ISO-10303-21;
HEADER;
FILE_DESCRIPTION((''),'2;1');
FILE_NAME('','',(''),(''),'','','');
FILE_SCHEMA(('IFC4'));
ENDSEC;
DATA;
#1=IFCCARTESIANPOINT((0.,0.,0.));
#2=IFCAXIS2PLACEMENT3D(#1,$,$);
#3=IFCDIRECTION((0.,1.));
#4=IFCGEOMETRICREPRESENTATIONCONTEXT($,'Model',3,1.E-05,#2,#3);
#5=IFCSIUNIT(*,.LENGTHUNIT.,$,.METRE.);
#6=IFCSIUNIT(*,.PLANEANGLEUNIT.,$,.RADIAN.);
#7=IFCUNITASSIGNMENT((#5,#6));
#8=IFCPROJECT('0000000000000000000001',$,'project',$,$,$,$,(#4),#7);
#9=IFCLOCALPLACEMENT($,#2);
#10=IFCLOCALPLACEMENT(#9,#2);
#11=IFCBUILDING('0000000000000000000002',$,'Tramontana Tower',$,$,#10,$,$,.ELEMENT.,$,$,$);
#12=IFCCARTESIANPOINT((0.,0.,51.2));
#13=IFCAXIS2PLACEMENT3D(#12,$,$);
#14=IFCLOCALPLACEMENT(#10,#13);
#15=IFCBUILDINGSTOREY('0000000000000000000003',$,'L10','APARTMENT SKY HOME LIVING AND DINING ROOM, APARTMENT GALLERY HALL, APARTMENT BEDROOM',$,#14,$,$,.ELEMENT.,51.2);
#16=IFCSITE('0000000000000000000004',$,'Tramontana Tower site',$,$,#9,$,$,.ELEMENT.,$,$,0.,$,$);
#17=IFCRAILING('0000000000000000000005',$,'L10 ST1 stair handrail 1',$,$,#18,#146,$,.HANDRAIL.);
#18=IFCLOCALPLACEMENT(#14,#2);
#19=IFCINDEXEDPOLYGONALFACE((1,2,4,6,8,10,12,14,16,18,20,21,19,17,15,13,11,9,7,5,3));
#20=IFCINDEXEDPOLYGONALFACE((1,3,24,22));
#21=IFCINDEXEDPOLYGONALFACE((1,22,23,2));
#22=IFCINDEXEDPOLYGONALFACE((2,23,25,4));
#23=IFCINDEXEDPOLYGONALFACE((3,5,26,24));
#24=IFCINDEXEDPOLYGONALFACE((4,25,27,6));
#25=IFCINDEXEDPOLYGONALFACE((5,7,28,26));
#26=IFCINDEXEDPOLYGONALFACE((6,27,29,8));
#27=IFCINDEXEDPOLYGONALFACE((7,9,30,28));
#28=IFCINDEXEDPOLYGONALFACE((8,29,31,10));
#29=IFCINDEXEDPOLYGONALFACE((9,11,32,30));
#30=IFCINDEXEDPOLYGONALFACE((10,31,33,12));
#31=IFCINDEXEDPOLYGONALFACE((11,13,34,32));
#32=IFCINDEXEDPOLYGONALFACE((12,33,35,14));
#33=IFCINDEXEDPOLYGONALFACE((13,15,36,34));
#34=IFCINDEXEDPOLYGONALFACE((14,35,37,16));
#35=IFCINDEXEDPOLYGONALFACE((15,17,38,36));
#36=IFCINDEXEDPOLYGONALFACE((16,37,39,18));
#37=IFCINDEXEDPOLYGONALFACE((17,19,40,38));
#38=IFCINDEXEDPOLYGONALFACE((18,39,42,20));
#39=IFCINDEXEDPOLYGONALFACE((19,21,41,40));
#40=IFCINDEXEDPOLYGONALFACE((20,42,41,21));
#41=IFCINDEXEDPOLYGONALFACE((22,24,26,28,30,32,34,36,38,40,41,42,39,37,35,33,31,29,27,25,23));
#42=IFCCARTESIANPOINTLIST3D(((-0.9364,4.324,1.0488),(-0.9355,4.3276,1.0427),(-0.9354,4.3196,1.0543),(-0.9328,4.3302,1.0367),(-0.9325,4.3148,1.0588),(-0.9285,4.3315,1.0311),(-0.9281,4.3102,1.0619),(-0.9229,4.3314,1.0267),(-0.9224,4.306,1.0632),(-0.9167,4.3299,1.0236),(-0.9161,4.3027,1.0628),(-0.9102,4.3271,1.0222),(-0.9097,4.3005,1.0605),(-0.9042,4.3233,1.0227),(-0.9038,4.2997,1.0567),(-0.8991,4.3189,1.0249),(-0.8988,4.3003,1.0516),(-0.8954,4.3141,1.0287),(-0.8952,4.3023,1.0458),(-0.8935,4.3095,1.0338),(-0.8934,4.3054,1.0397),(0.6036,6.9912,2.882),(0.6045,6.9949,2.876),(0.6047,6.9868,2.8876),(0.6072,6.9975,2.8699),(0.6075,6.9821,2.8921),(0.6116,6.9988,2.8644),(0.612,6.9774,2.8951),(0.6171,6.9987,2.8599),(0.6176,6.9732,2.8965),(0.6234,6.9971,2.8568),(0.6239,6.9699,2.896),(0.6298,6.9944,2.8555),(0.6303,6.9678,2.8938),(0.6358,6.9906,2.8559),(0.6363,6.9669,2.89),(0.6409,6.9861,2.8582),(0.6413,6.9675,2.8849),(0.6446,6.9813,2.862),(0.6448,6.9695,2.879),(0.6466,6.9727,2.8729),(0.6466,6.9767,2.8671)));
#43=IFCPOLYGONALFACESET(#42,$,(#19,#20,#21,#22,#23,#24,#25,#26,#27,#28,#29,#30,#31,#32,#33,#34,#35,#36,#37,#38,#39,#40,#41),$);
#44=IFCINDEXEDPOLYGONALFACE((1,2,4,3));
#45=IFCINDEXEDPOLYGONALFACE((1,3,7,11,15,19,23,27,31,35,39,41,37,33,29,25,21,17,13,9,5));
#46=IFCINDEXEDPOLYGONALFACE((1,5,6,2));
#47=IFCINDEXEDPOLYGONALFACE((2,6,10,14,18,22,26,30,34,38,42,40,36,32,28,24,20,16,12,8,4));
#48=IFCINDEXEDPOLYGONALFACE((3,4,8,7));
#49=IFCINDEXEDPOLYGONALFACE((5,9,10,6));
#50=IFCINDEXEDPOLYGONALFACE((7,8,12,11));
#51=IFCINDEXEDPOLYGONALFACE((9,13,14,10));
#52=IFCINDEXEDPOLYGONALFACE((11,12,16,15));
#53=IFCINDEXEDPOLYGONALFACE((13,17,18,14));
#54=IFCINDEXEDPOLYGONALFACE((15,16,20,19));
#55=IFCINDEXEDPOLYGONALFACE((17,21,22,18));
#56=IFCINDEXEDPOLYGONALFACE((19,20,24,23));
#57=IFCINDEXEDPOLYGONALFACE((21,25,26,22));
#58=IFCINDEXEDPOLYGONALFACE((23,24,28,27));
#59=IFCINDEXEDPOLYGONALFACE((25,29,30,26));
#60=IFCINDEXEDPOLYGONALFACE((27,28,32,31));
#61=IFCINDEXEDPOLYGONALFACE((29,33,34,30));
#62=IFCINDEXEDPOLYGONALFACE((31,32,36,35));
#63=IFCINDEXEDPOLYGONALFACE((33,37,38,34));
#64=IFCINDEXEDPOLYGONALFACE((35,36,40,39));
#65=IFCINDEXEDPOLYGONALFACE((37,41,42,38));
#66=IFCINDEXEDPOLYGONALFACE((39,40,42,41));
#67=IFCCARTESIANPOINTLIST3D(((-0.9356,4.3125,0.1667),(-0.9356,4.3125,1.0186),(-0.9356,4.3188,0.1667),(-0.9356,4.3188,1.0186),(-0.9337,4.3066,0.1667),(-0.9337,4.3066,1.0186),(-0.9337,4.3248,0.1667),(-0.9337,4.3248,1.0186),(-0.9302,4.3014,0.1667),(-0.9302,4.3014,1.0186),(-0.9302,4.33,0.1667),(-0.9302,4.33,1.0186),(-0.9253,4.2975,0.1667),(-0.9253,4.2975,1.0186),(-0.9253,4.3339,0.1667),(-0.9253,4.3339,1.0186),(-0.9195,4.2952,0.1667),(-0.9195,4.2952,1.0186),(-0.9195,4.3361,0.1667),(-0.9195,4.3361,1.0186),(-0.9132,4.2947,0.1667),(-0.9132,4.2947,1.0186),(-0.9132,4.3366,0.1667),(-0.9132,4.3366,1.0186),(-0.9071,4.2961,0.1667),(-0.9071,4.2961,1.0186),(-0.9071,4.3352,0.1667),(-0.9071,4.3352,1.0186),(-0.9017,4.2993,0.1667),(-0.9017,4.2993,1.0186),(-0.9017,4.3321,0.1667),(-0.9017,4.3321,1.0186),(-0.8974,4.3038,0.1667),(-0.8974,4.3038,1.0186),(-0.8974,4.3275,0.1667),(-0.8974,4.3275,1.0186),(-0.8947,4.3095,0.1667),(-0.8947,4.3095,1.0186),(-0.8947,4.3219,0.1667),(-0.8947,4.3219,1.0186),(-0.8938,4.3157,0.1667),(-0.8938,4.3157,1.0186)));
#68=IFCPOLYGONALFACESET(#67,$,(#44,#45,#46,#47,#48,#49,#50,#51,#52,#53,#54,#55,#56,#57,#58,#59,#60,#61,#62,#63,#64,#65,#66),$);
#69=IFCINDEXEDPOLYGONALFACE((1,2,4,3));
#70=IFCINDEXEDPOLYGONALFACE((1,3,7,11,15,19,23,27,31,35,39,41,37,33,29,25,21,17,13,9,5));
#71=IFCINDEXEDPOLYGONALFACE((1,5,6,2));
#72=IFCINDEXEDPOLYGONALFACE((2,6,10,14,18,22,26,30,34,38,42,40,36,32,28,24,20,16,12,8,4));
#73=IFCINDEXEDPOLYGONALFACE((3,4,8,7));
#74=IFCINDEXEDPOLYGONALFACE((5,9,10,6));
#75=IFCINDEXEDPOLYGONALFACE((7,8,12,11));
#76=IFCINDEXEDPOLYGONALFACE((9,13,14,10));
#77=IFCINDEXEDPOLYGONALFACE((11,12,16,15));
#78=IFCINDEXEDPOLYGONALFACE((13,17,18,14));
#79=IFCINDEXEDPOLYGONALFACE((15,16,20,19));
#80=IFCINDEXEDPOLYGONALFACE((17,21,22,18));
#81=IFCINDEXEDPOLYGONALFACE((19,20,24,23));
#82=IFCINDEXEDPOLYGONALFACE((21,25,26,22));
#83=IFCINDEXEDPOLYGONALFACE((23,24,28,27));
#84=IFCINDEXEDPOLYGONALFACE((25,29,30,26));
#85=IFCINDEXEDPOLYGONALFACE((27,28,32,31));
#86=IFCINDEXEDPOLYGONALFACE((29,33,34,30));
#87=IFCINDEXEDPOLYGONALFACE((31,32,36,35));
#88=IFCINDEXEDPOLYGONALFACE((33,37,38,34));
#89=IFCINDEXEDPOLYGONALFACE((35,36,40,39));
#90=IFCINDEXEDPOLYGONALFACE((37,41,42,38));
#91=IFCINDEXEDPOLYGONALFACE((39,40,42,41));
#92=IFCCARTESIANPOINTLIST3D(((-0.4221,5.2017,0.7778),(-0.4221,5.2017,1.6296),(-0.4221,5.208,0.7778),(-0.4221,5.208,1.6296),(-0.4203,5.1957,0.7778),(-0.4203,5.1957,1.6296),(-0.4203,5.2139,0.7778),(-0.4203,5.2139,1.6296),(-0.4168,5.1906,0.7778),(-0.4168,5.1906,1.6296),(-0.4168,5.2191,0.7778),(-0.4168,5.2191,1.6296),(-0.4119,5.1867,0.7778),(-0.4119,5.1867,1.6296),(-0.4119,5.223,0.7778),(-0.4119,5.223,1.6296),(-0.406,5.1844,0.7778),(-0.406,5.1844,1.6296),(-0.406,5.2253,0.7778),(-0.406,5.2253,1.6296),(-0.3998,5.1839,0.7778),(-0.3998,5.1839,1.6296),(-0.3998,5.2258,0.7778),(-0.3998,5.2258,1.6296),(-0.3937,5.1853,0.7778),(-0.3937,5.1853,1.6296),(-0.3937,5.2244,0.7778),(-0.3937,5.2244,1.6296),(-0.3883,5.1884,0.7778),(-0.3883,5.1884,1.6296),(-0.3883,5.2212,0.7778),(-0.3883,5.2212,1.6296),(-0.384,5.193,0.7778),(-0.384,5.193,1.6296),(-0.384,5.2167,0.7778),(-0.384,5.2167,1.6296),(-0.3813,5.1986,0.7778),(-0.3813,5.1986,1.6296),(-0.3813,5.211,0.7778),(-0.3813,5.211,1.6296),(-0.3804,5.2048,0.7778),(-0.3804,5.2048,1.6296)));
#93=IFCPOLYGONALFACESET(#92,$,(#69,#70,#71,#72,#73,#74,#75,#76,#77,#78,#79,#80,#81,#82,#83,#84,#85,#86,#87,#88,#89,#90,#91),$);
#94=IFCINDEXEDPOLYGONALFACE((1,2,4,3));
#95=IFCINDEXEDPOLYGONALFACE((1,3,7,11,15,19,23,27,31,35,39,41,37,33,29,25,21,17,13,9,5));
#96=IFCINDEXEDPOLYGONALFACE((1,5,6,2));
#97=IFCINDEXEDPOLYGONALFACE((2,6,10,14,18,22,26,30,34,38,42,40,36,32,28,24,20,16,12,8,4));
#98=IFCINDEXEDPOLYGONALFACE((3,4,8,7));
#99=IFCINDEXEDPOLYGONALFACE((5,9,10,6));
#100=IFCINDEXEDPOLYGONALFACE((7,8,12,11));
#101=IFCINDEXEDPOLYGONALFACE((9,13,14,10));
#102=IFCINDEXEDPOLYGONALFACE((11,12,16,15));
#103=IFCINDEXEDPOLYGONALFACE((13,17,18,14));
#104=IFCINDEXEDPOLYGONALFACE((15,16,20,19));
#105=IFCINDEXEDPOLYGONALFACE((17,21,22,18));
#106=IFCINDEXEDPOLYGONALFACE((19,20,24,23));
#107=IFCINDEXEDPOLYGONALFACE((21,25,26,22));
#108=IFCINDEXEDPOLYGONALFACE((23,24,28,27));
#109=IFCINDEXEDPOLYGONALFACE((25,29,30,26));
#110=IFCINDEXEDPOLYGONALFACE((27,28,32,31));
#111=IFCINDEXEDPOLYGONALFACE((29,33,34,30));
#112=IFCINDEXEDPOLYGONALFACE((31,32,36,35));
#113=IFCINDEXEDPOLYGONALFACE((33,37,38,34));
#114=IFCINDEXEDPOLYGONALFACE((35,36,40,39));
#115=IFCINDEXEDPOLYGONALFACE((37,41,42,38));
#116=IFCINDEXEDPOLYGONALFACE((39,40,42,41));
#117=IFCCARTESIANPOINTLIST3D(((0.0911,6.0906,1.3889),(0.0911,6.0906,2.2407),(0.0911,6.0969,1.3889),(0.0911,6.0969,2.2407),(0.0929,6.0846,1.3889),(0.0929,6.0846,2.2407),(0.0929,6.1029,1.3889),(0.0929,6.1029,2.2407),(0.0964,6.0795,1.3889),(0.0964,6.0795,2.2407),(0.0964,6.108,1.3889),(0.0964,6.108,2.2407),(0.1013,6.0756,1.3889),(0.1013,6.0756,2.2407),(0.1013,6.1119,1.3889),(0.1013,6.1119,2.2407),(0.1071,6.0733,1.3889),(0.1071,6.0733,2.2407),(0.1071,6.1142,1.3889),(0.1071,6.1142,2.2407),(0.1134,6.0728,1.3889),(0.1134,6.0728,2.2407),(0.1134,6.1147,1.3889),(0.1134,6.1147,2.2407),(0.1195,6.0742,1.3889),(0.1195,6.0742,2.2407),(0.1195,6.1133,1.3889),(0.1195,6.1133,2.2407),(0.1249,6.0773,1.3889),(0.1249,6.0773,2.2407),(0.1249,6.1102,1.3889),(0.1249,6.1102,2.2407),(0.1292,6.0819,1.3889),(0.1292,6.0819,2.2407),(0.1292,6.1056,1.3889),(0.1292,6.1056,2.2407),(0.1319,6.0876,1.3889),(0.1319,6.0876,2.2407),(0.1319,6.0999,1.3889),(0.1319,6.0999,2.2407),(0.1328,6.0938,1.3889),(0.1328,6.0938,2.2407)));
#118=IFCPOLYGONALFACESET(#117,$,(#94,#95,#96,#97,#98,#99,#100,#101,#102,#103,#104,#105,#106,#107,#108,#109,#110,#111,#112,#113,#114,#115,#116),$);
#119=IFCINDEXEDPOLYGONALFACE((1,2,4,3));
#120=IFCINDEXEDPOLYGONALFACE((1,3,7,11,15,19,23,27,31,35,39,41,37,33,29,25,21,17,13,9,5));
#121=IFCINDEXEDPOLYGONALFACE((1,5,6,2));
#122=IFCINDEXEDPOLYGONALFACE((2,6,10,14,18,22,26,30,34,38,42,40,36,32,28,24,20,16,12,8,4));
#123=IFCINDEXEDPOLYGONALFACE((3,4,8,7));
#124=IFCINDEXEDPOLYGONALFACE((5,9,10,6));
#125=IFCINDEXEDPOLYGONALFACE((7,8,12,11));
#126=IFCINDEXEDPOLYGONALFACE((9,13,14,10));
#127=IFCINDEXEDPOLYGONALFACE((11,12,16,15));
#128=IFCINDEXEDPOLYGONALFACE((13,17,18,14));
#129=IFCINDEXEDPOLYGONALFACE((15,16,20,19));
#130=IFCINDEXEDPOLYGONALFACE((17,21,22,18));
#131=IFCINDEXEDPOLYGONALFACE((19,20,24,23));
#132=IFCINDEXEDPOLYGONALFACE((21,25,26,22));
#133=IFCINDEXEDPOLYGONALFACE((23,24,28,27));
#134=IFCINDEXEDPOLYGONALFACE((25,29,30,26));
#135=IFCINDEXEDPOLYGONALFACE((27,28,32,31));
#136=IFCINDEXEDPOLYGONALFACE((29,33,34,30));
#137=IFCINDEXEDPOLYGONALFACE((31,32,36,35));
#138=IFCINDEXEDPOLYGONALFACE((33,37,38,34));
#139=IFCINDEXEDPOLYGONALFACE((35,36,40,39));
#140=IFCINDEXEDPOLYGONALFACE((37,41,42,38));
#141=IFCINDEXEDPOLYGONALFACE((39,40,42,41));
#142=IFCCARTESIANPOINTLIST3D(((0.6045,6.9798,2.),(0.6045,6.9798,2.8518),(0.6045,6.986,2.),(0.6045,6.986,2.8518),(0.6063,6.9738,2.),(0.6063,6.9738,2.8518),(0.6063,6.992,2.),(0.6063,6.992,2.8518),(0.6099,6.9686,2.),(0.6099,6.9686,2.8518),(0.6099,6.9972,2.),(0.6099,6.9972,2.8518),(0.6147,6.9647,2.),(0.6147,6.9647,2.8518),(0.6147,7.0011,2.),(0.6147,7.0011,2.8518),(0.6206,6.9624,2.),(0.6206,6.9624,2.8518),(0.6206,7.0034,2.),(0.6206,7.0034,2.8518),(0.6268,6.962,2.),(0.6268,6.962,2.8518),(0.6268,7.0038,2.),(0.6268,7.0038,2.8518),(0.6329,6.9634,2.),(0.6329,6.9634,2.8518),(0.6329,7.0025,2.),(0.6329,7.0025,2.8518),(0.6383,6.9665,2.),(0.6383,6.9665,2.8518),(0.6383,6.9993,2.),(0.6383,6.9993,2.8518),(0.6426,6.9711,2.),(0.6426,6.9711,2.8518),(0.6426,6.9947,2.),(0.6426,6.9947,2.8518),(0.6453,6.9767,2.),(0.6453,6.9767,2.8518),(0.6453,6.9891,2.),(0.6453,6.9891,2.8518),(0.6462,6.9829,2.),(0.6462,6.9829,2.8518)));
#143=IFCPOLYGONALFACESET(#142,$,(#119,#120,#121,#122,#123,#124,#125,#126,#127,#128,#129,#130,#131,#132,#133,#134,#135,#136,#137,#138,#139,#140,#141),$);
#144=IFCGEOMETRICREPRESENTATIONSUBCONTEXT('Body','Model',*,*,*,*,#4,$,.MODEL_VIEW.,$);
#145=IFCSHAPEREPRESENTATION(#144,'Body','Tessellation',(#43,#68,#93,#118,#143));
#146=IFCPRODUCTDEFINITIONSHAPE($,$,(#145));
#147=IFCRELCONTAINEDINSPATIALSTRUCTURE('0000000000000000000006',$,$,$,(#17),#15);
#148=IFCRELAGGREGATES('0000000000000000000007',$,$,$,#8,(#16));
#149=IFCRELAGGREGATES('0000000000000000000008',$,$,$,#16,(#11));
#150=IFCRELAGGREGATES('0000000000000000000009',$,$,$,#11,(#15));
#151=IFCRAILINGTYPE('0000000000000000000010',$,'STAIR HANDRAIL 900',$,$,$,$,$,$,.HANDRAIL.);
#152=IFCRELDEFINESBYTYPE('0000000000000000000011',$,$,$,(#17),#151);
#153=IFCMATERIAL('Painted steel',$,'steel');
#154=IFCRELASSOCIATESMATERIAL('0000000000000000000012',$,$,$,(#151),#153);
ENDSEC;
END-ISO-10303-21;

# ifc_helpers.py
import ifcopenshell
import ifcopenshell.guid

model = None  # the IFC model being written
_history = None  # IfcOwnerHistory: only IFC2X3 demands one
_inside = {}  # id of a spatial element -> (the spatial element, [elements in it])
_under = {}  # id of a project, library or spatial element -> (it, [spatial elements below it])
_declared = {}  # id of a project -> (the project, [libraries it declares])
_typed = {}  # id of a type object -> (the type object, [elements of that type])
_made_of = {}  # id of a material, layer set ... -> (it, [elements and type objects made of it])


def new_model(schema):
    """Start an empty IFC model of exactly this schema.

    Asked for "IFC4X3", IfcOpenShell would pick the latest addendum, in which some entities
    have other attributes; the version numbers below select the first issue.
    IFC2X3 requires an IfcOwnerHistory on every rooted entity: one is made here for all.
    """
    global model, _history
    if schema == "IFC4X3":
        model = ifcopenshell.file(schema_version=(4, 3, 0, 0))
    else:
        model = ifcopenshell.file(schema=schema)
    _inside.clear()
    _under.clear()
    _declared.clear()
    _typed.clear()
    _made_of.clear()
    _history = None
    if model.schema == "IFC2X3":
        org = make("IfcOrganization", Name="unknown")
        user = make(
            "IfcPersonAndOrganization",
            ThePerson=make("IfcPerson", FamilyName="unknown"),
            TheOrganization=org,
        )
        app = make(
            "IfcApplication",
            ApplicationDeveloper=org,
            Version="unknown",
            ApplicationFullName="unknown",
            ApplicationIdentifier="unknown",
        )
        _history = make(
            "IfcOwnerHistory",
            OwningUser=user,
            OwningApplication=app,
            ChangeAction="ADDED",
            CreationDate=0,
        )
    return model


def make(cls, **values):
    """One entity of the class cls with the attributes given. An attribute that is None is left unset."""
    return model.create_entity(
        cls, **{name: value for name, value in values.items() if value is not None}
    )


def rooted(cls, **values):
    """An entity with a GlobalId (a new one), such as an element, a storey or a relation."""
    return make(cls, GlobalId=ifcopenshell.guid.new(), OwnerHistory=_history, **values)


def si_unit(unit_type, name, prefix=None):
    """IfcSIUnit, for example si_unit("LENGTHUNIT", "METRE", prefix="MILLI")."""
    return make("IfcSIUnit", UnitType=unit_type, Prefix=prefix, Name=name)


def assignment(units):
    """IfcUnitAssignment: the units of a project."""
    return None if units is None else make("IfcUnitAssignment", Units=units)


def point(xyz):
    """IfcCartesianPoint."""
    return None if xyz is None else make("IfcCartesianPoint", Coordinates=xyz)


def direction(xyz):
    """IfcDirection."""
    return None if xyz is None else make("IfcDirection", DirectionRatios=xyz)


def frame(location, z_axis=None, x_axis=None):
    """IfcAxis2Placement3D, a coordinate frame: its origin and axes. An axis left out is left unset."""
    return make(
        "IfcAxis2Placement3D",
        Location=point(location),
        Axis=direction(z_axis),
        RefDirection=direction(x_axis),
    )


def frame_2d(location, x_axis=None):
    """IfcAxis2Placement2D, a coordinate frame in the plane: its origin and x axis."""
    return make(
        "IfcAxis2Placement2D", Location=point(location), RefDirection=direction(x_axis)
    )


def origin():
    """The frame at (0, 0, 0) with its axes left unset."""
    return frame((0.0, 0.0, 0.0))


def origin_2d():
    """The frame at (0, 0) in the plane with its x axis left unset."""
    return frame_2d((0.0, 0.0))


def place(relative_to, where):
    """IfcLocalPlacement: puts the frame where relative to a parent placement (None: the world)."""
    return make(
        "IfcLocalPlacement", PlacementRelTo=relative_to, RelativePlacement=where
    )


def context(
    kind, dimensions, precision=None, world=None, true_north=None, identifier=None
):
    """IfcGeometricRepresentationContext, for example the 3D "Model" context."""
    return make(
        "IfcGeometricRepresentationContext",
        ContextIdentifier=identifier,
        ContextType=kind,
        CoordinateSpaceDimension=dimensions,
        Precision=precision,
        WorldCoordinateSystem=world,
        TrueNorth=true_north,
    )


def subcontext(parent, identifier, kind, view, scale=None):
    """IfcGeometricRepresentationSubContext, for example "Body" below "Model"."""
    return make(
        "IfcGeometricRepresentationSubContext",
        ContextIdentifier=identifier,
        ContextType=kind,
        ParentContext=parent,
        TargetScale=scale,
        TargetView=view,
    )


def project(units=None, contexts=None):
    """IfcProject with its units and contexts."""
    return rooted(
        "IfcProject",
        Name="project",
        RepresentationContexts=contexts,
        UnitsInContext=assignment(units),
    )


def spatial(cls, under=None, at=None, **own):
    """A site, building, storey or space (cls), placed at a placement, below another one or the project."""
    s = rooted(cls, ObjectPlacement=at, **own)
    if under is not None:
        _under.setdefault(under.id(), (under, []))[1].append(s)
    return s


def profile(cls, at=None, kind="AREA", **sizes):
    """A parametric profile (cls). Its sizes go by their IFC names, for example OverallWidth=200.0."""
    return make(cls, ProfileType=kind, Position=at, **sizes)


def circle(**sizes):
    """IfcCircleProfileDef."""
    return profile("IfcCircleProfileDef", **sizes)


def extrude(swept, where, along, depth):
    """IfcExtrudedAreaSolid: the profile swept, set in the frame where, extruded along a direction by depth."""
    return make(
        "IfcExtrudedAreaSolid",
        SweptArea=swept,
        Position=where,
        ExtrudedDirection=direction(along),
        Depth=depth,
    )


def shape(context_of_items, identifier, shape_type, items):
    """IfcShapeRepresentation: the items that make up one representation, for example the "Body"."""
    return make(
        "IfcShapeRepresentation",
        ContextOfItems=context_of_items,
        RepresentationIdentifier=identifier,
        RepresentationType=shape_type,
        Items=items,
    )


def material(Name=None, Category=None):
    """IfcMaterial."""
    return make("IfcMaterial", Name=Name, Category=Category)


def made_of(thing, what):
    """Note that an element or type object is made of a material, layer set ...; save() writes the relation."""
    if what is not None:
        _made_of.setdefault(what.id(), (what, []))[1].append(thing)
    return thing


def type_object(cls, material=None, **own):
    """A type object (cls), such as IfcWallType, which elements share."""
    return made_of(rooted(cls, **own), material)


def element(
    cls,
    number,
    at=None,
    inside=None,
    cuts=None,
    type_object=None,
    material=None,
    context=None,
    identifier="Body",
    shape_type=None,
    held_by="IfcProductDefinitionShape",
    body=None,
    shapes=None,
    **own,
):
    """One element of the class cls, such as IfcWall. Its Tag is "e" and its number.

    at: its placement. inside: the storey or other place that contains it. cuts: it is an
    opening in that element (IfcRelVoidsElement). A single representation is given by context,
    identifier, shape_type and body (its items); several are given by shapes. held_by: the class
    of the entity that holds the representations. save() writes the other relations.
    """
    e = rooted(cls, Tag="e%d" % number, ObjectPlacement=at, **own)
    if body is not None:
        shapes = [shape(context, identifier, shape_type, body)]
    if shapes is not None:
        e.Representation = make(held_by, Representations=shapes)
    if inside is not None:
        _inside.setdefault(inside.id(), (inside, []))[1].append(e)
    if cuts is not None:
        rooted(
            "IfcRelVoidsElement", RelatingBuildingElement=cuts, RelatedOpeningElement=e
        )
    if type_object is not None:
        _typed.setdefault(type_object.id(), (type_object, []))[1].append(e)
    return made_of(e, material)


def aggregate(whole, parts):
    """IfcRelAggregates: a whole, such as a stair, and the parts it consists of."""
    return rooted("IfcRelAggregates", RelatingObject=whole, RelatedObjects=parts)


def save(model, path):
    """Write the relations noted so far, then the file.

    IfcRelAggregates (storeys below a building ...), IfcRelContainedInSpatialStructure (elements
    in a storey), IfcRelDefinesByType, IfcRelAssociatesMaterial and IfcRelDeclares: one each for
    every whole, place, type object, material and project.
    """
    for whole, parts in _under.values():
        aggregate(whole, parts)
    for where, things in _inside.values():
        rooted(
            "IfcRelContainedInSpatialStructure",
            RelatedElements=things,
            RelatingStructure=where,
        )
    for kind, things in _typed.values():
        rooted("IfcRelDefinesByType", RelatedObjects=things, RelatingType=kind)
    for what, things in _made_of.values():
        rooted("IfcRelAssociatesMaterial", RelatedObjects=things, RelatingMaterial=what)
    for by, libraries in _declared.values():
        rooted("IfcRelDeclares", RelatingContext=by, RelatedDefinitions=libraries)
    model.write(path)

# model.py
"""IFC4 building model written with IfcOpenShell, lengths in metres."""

from ifc_helpers import new_model, si_unit, direction, frame, origin, origin_2d, place, context, subcontext, project, spatial, circle, extrude, material, type_object, element, save


model = new_model("IFC4")

# Units and contexts
model_context = context("Model", 3, precision=1e-05, world=origin(), true_north=direction((0.0, 1.0)))
body_context = subcontext(model_context, "Body", "Model", "MODEL_VIEW")
ifc_project = project(units=[si_unit("LENGTHUNIT", "METRE"), si_unit("PLANEANGLEUNIT", "RADIAN")], contexts=[model_context])

# Site, building, storey
site_placement = place(None, origin())
site = spatial("IfcSite", under=ifc_project, at=site_placement, Name="Tramontana Tower site", CompositionType="ELEMENT", RefElevation=0.0)
building_placement = place(site_placement, origin())
building = spatial("IfcBuilding", under=site, at=building_placement, Name="Tramontana Tower", CompositionType="ELEMENT")
storey_placement = place(building_placement, frame((0.0, 0.0, 51.2)))
storey = spatial("IfcBuildingStorey", under=building, at=storey_placement, Name="L10", Description="APARTMENT SKY HOME LIVING AND DINING ROOM, APARTMENT GALLERY HALL, APARTMENT BEDROOM", CompositionType="ELEMENT", Elevation=51.2)

# Railing
ifc_material_1 = material(Name="Painted steel", Category="steel")
railing_type_1 = type_object("IfcRailingType", Name="STAIR HANDRAIL 900", PredefinedType="HANDRAIL", material=ifc_material_1)
railing_1_placement = place(storey_placement, frame((-0.9148, 4.3157, 0.1667)))
element("IfcRailing", 1, at=railing_1_placement, inside=storey, type_object=railing_type_1, Name="L10 ST1 stair handrail 1", PredefinedType="HANDRAIL", context=body_context, shape_type="SweptSolid", body=[
    extrude(circle(Radius=0.0239, at=origin_2d()), frame((0.0, 0.0, 0.876), z_axis=(0.429671, 0.744159, 0.511478), x_axis=(-0.86601, 0.500027, 0.0)), (0.0, 0.0, 1.0), 3.5842),
    extrude(circle(Radius=0.021, at=origin_2d()), origin(), (0.0, 0.0, 1.0), 0.8518),
    extrude(circle(Radius=0.021, at=origin_2d()), frame((0.5134, 0.8892, 0.6111)), (0.0, 0.0, 1.0), 0.8518),
    extrude(circle(Radius=0.021, at=origin_2d()), frame((1.0266, 1.7781, 1.2222)), (0.0, 0.0, 1.0), 0.8518),
    extrude(circle(Radius=0.021, at=origin_2d()), frame((1.54, 2.6672, 1.8333)), (0.0, 0.0, 1.0), 0.8518),
])

save(model, "model.ifc")
